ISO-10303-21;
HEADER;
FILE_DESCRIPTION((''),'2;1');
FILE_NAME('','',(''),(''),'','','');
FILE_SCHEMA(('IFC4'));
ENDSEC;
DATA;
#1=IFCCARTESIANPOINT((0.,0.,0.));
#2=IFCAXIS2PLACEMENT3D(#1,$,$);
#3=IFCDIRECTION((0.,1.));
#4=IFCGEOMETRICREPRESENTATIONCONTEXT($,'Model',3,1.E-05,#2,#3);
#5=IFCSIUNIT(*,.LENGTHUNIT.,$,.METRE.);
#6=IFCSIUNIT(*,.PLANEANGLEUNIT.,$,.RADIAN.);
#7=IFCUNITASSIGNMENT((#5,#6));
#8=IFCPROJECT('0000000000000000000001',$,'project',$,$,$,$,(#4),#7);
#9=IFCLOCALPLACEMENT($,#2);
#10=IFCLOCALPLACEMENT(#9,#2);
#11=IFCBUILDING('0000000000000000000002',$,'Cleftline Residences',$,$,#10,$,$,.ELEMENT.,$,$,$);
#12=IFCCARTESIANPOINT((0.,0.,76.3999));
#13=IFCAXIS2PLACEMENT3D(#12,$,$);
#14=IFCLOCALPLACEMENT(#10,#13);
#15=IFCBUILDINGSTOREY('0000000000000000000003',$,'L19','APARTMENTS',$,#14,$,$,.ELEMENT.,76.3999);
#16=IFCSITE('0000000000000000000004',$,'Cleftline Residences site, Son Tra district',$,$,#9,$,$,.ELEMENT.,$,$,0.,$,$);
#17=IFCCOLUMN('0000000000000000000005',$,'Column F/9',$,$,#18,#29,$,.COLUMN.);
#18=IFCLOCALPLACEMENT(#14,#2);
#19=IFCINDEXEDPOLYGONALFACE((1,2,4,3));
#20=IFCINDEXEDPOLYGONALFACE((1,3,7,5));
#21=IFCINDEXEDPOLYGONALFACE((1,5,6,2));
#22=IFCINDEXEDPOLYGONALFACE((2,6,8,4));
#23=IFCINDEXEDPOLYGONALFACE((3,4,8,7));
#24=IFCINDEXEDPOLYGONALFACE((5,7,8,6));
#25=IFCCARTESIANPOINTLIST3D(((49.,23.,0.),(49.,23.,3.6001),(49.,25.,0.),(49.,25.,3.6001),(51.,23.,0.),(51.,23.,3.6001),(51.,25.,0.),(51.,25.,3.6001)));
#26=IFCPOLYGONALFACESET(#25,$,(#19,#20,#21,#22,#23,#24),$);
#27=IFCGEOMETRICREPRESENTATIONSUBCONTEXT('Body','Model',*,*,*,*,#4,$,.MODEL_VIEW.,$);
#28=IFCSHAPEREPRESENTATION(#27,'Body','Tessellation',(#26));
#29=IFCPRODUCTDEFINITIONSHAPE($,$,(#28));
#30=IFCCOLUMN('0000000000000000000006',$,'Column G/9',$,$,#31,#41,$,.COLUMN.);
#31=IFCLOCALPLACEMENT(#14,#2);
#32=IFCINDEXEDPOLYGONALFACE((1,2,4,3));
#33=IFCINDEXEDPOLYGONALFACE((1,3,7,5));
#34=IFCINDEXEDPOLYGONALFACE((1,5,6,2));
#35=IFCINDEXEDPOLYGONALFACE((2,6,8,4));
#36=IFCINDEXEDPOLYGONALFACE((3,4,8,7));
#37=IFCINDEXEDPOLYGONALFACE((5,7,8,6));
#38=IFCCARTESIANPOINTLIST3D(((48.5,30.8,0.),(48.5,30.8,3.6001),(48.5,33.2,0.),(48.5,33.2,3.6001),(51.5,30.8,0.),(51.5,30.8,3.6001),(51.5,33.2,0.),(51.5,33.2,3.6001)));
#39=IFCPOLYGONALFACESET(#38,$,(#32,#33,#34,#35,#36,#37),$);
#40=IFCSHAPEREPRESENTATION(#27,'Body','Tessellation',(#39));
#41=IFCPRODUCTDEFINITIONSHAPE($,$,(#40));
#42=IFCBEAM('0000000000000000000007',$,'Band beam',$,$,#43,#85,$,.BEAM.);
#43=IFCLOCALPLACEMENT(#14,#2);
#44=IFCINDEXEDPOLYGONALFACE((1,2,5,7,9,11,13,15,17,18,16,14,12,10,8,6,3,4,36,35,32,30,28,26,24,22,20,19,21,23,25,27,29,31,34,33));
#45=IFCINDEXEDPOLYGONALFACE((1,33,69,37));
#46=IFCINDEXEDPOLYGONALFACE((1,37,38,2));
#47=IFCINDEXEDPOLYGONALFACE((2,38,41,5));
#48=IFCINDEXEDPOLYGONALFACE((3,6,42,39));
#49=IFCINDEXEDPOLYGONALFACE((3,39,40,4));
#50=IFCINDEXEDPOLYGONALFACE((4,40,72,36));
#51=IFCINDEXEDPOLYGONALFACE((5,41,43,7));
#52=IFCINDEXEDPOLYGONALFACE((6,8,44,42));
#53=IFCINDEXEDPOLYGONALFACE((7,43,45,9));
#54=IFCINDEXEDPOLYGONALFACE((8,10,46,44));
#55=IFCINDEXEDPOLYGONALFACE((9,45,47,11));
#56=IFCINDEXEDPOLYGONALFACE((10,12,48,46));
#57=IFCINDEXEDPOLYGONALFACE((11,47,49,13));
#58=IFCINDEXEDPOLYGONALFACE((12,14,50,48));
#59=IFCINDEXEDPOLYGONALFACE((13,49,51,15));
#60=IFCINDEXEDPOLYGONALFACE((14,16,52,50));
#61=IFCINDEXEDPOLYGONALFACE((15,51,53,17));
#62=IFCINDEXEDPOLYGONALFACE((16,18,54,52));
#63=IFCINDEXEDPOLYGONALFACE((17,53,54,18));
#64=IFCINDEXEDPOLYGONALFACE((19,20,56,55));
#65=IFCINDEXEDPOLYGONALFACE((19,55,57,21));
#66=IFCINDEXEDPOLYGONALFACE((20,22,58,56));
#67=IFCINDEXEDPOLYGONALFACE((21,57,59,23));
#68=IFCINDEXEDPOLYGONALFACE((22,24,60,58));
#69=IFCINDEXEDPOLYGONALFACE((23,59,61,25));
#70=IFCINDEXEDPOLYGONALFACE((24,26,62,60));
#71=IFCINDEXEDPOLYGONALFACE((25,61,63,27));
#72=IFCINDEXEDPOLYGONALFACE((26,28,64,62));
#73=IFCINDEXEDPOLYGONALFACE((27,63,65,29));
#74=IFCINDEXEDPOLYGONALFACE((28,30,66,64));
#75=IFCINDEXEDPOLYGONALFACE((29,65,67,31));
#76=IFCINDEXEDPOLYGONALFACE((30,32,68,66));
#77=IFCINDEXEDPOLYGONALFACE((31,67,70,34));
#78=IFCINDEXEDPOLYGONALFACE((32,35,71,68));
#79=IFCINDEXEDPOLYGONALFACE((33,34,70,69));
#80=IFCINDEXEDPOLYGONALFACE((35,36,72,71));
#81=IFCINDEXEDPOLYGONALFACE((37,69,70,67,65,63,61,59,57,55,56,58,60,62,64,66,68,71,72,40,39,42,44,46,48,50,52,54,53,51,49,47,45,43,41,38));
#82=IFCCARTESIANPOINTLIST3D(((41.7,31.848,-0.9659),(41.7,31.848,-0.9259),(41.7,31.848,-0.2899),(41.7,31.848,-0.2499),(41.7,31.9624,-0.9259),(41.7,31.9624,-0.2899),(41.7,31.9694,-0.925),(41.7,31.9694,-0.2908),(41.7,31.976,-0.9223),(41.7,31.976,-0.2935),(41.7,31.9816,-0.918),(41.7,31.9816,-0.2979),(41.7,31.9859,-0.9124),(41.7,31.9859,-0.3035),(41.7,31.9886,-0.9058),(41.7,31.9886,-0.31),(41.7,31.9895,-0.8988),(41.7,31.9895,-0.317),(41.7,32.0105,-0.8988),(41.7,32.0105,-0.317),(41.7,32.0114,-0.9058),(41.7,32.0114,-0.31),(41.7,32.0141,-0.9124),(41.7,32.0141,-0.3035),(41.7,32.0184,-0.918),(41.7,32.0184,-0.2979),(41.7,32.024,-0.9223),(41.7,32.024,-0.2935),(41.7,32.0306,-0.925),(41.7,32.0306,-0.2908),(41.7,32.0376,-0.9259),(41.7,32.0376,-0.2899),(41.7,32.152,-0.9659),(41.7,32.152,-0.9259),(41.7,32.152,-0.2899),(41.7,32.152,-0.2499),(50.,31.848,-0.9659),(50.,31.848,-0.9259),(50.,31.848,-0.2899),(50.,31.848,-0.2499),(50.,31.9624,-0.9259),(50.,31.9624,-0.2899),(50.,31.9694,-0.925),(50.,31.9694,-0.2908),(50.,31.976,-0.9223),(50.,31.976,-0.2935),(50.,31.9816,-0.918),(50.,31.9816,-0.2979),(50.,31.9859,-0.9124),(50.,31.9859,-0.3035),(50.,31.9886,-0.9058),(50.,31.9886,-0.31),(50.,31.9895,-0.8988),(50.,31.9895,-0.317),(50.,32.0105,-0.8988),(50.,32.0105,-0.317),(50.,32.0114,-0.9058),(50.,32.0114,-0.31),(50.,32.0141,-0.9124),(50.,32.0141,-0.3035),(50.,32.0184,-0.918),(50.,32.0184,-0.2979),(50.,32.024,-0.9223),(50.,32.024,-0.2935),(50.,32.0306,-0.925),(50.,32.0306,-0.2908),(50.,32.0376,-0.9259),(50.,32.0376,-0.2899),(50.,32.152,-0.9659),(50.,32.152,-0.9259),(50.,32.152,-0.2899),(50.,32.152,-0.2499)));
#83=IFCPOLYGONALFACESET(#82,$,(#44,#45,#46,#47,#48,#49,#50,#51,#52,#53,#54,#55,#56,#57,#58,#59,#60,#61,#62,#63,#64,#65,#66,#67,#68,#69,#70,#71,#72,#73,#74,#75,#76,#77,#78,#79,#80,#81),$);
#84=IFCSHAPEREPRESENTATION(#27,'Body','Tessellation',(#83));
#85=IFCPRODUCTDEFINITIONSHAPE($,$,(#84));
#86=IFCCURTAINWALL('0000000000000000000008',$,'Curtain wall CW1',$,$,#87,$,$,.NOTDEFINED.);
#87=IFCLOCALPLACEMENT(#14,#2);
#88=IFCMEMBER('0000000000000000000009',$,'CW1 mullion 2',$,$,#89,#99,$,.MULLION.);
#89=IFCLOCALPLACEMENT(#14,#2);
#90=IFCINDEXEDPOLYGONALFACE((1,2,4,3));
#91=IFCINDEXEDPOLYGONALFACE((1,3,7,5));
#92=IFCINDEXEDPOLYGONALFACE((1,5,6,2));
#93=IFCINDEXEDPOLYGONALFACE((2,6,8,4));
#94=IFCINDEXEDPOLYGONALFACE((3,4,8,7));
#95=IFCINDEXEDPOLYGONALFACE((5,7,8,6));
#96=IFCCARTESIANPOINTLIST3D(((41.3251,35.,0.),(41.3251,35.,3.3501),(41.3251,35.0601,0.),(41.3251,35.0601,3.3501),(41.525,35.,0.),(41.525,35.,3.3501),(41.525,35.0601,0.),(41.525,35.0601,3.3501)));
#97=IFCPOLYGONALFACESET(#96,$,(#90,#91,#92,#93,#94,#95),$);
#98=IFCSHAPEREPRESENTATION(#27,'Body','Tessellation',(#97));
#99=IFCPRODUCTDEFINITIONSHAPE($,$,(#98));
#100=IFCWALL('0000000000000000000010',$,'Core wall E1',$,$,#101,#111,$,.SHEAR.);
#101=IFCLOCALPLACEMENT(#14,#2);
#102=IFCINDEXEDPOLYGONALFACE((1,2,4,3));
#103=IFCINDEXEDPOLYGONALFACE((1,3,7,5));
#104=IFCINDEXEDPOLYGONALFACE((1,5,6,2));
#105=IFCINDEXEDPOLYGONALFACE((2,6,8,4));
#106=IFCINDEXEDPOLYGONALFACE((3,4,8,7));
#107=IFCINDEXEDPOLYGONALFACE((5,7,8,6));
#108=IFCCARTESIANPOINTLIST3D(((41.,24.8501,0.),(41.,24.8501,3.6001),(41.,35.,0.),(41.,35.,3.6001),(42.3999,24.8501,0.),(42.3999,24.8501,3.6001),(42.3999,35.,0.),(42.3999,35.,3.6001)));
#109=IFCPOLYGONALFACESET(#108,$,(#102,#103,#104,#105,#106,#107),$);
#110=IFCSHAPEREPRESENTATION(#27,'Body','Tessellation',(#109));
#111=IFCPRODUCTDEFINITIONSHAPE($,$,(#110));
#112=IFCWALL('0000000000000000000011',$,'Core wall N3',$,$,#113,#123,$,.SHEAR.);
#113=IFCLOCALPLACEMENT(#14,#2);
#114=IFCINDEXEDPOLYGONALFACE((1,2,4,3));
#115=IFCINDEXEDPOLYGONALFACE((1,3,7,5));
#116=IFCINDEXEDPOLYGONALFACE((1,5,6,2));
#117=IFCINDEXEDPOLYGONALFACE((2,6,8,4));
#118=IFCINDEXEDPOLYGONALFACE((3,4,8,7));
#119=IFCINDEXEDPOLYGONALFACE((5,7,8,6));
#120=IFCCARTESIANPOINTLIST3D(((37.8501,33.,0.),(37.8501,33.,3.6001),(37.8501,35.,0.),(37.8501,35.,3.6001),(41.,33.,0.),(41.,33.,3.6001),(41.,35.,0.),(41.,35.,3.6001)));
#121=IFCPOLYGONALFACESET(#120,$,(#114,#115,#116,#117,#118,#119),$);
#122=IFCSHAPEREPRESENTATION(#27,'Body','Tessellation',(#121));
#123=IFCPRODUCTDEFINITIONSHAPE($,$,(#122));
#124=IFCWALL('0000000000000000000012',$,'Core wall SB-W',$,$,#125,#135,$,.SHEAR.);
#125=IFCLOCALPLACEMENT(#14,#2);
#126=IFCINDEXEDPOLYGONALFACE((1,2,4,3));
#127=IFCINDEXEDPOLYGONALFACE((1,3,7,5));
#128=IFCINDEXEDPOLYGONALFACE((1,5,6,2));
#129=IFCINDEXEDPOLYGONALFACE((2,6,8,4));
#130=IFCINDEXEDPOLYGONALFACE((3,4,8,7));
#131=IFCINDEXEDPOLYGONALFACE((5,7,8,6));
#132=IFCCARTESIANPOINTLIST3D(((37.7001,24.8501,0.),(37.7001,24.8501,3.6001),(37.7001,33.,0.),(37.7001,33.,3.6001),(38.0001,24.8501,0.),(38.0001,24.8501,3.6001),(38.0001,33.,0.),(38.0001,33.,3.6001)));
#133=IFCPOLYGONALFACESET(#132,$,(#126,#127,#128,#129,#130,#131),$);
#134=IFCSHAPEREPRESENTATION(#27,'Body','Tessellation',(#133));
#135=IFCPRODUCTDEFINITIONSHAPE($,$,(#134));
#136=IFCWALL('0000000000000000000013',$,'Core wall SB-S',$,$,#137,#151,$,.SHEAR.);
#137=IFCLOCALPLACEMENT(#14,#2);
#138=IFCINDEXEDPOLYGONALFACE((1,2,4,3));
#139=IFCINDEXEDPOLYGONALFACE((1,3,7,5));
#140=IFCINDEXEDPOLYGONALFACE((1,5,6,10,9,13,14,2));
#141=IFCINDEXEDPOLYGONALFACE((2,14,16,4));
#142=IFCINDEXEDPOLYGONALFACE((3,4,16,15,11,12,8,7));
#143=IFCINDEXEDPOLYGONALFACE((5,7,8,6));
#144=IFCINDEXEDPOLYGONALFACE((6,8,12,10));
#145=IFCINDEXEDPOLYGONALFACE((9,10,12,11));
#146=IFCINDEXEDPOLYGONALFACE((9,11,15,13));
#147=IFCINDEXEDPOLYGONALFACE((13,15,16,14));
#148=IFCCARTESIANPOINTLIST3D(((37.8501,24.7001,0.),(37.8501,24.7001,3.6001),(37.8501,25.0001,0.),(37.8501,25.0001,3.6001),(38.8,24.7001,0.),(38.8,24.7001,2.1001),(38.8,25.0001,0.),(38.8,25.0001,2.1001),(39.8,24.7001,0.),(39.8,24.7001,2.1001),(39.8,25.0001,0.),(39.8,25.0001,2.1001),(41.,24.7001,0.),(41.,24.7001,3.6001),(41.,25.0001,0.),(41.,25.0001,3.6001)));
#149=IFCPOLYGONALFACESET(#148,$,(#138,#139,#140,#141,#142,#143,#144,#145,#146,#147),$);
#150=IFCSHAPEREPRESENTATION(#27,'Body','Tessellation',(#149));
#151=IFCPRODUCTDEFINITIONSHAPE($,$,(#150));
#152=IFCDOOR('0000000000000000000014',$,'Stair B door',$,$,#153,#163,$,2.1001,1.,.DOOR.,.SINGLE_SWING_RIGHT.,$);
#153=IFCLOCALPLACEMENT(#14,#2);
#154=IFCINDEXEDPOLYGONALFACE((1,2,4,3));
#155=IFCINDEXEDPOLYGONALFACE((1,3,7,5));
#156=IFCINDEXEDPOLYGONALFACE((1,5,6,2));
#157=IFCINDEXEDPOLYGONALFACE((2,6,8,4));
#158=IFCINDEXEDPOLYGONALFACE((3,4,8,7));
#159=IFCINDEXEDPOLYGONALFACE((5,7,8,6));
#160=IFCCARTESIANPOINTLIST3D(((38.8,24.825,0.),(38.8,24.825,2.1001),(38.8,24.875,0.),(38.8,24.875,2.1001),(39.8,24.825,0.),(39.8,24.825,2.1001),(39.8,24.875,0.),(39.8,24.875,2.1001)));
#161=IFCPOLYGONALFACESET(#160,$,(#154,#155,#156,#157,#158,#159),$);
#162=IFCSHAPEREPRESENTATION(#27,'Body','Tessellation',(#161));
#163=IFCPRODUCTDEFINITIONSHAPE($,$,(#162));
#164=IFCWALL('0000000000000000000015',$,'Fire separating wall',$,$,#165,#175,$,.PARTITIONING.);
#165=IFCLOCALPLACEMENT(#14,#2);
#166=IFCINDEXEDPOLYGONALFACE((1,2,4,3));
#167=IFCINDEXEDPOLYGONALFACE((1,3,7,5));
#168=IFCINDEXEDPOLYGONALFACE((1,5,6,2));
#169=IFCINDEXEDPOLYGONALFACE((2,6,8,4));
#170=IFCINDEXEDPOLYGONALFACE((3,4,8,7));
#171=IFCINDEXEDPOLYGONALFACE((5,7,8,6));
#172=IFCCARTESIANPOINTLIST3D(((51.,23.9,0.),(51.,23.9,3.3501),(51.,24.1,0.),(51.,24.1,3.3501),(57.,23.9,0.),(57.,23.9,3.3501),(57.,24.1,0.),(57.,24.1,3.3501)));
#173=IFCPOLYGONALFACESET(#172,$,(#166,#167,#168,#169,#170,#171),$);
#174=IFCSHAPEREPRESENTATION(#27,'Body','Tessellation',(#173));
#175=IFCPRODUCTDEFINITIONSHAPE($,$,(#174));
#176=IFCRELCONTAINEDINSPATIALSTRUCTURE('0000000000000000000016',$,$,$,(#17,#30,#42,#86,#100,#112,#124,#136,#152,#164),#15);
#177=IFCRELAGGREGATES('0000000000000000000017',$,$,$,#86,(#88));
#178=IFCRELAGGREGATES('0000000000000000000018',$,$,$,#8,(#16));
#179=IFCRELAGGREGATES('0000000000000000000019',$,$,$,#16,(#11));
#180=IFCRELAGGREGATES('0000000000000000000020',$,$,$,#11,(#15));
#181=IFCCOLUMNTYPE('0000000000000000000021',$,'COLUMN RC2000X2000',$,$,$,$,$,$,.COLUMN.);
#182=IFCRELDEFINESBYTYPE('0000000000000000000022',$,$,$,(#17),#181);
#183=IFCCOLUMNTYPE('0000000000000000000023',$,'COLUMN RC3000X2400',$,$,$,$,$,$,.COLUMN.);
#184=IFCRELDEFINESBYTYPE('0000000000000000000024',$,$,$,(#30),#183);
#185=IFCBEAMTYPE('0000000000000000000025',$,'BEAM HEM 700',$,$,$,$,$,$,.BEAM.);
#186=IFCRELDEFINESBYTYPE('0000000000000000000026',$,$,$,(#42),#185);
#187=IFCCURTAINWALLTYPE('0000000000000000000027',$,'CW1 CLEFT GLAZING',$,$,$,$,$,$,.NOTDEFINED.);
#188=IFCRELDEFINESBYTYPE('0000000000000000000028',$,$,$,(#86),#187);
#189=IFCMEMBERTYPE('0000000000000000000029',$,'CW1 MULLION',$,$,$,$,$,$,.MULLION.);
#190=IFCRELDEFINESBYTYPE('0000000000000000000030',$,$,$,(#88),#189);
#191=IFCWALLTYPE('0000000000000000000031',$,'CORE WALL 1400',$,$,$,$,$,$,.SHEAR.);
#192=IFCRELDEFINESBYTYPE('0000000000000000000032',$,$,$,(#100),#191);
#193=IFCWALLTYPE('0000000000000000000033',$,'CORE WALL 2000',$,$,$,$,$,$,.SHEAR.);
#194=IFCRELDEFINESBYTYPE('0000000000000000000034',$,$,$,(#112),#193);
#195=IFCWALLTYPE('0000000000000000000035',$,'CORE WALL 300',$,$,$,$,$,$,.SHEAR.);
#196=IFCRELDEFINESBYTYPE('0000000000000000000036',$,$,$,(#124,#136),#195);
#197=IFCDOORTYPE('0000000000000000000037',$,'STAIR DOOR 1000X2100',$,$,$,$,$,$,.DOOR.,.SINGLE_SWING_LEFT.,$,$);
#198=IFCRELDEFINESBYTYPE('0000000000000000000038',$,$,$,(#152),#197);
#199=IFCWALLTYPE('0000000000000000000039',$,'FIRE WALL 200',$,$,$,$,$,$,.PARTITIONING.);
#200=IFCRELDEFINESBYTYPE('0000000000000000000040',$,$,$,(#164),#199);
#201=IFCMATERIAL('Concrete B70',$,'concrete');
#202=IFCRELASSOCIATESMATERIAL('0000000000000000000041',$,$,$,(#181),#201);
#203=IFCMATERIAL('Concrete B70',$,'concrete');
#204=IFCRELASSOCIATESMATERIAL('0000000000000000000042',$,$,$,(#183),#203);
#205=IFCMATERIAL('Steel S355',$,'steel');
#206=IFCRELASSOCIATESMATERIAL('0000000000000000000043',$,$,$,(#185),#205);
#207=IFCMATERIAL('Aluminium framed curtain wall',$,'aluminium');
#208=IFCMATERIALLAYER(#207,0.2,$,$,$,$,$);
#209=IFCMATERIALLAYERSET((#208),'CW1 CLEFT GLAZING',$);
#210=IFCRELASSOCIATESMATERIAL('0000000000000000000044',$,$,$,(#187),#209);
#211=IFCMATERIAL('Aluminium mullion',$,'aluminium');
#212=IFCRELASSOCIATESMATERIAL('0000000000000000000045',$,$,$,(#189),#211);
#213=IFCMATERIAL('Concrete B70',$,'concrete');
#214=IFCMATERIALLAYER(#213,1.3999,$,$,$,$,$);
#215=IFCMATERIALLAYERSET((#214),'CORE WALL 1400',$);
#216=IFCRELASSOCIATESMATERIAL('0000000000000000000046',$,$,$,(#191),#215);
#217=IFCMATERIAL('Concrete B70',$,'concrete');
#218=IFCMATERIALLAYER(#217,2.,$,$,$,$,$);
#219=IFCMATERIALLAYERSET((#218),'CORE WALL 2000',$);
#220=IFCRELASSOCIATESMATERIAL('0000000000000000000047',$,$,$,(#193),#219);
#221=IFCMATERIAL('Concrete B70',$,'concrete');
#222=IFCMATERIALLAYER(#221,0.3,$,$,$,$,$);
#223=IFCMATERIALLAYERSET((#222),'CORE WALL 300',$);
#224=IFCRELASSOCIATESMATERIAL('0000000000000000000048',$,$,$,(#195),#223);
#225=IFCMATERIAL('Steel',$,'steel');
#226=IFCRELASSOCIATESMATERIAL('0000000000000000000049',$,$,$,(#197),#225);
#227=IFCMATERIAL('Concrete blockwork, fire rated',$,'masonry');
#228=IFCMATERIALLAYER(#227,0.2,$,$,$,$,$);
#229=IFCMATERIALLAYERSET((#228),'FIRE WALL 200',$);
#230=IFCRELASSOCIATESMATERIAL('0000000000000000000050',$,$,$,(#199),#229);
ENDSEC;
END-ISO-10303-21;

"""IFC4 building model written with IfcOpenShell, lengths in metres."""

from ifc_helpers import new_model, si_unit, direction, frame, frame_2d, origin, origin_2d, place, context, subcontext, project, spatial, rectangle, i_section, extrude, material, layer, layer_set, material_profile, profile_set, type_object, element, fill, aggregate, save


model = new_model("IFC4")

# Units and contexts
model_context = context("Model", 3, precision=1e-05, world=origin(), true_north=direction((0.0, 1.0)))
body_context = subcontext(model_context, "Body", "Model", "MODEL_VIEW")
ifc_project = project(units=[si_unit("LENGTHUNIT", "METRE"), si_unit("PLANEANGLEUNIT", "RADIAN")], contexts=[model_context])

# Site, building, storey
site_placement = place(None, origin())
site = spatial("IfcSite", under=ifc_project, at=site_placement, Name="Cleftline Residences site, Son Tra district", CompositionType="ELEMENT", RefElevation=0.0)
building_placement = place(site_placement, origin())
building = spatial("IfcBuilding", under=site, at=building_placement, Name="Cleftline Residences", CompositionType="ELEMENT")
storey_placement = place(building_placement, frame((0.0, 0.0, 76.3999)))
storey = spatial("IfcBuildingStorey", under=building, at=storey_placement, Name="L19", Description="APARTMENTS", CompositionType="ELEMENT", Elevation=76.3999)

# Columns
ifc_material_1 = material(Name="Concrete B70", Category="concrete")
ifc_material_profile_1 = material_profile(ifc_material_1, rectangle(XDim=2.0, YDim=2.0, at=origin_2d()))
ifc_profile_set_1 = profile_set([ifc_material_profile_1], Name="Concrete B70")
column_type_1 = type_object("IfcColumnType", Name="COLUMN RC2000X2000", PredefinedType="COLUMN", material=ifc_profile_set_1)
column_1_placement = place(storey_placement, frame((50.0, 24.0, 0.0), z_axis=(0.0, 0.0, 1.0), x_axis=(1.0, 0.0, 0.0)))
element("IfcColumn", 1, at=column_1_placement, inside=storey, type_object=column_type_1, Name="Column F/9", PredefinedType="COLUMN", context=body_context, shape_type="SweptSolid", body=[
    extrude(rectangle(XDim=2.0, YDim=2.0, at=origin_2d()), origin(), (0.0, 0.0, 1.0), 3.6001),
])
ifc_material_2 = material(Name="Concrete B70", Category="concrete")
ifc_material_profile_2 = material_profile(ifc_material_2, rectangle(XDim=3.0, YDim=2.3999, at=origin_2d()))
ifc_profile_set_2 = profile_set([ifc_material_profile_2], Name="Concrete B70")
column_type_2 = type_object("IfcColumnType", Name="COLUMN RC3000X2400", PredefinedType="COLUMN", material=ifc_profile_set_2)
column_2_placement = place(storey_placement, frame((50.0, 32.0, 0.0), z_axis=(0.0, 0.0, 1.0), x_axis=(1.0, 0.0, 0.0)))
element("IfcColumn", 2, at=column_2_placement, inside=storey, type_object=column_type_2, Name="Column G/9", PredefinedType="COLUMN", context=body_context, shape_type="SweptSolid", body=[
    extrude(rectangle(XDim=3.0, YDim=2.3999, at=origin_2d()), origin(), (0.0, 0.0, 1.0), 3.6001),
])

# Beam
ifc_material_3 = material(Name="Steel S355", Category="steel")
ifc_material_profile_3 = material_profile(ifc_material_3, i_section(OverallWidth=0.304, OverallDepth=0.7161, WebThickness=0.021, FlangeThickness=0.04, FilletRadius=0.0271, at=origin_2d()))
ifc_profile_set_3 = profile_set([ifc_material_profile_3], Name="Steel S355")
beam_type = type_object("IfcBeamType", Name="BEAM HEM 700", PredefinedType="BEAM", material=ifc_profile_set_3)
beam_placement = place(storey_placement, frame((50.0, 32.0, -0.6079), z_axis=(-1.0, 0.0, 0.0), x_axis=(0.0, -1.0, 0.0)))
element("IfcBeam", 3, at=beam_placement, inside=storey, type_object=beam_type, Name="Band beam", PredefinedType="BEAM", context=body_context, shape_type="SweptSolid", body=[
    extrude(i_section(OverallWidth=0.304, OverallDepth=0.7161, WebThickness=0.021, FlangeThickness=0.04, FilletRadius=0.0271, at=origin_2d()), origin(), (0.0, 0.0, 1.0), 8.3),
])

# Curtain wall, member
ifc_material_4 = material(Name="Aluminium framed curtain wall", Category="aluminium")
ifc_layer_1 = layer(ifc_material_4, 0.2)
ifc_layer_set_1 = layer_set([ifc_layer_1], Name="CW1 CLEFT GLAZING")
curtain_wall_type = type_object("IfcCurtainWallType", Name="CW1 CLEFT GLAZING", PredefinedType="NOTDEFINED", material=ifc_layer_set_1)
curtain_wall_placement = place(storey_placement, origin())
curtain_wall = element("IfcCurtainWall", 4, at=curtain_wall_placement, inside=storey, type_object=curtain_wall_type, Name="Curtain wall CW1", PredefinedType="NOTDEFINED")
ifc_material_5 = material(Name="Aluminium mullion", Category="aluminium")
ifc_material_profile_4 = material_profile(ifc_material_5, rectangle(XDim=0.2, YDim=0.0601, at=origin_2d()))
ifc_profile_set_4 = profile_set([ifc_material_profile_4], Name="Aluminium mullion")
member_type = type_object("IfcMemberType", Name="CW1 MULLION", PredefinedType="MULLION", material=ifc_profile_set_4)
member_placement = place(storey_placement, frame((41.425, 35.03, 0.0), z_axis=(0.0, 0.0, 1.0), x_axis=(1.0, 0.0, 0.0)))
member = element("IfcMember", 5, at=member_placement, type_object=member_type, Name="CW1 mullion 2", PredefinedType="MULLION", context=body_context, shape_type="SweptSolid", body=[
    extrude(rectangle(XDim=0.2, YDim=0.0601, at=origin_2d()), origin(), (0.0, 0.0, 1.0), 3.3501),
])
aggregate(curtain_wall, [member])

# Walls
ifc_material_6 = material(Name="Concrete B70", Category="concrete")
ifc_layer_2 = layer(ifc_material_6, 1.3999)
ifc_layer_set_2 = layer_set([ifc_layer_2], Name="CORE WALL 1400")
wall_type_1 = type_object("IfcWallType", Name="CORE WALL 1400", PredefinedType="SHEAR", material=ifc_layer_set_2)
wall_1_placement = place(storey_placement, frame((41.7, 24.8501, 0.0), z_axis=(0.0, 0.0, 1.0), x_axis=(0.0, 1.0, 0.0)))
element("IfcWall", 6, at=wall_1_placement, inside=storey, type_object=wall_type_1, Name="Core wall E1", PredefinedType="SHEAR", context=body_context, shape_type="SweptSolid", body=[
    extrude(rectangle(XDim=10.1499, YDim=1.3999, at=frame_2d((5.075, 0.0))), origin(), (0.0, 0.0, 1.0), 3.6001),
])
ifc_material_7 = material(Name="Concrete B70", Category="concrete")
ifc_layer_3 = layer(ifc_material_7, 2.0)
ifc_layer_set_3 = layer_set([ifc_layer_3], Name="CORE WALL 2000")
wall_type_2 = type_object("IfcWallType", Name="CORE WALL 2000", PredefinedType="SHEAR", material=ifc_layer_set_3)
wall_2_placement = place(storey_placement, frame((37.8501, 34.0, 0.0), z_axis=(0.0, 0.0, 1.0), x_axis=(1.0, 0.0, 0.0)))
element("IfcWall", 7, at=wall_2_placement, inside=storey, type_object=wall_type_2, Name="Core wall N3", PredefinedType="SHEAR", context=body_context, shape_type="SweptSolid", body=[
    extrude(rectangle(XDim=3.1499, YDim=2.0, at=frame_2d((1.575, 0.0))), origin(), (0.0, 0.0, 1.0), 3.6001),
])
ifc_material_8 = material(Name="Concrete B70", Category="concrete")
ifc_layer_4 = layer(ifc_material_8, 0.3)
ifc_layer_set_4 = layer_set([ifc_layer_4], Name="CORE WALL 300")
wall_type_3 = type_object("IfcWallType", Name="CORE WALL 300", PredefinedType="SHEAR", material=ifc_layer_set_4)
wall_3_placement = place(storey_placement, frame((37.8501, 24.8501, 0.0), z_axis=(0.0, 0.0, 1.0), x_axis=(0.0, 1.0, 0.0)))
element("IfcWall", 8, at=wall_3_placement, inside=storey, type_object=wall_type_3, Name="Core wall SB-W", PredefinedType="SHEAR", context=body_context, shape_type="SweptSolid", body=[
    extrude(rectangle(XDim=8.1499, YDim=0.3, at=frame_2d((4.075, 0.0))), origin(), (0.0, 0.0, 1.0), 3.6001),
])

# Wall, opening, door
wall_4_placement = place(storey_placement, frame((37.8501, 24.8501, 0.0), z_axis=(0.0, 0.0, 1.0), x_axis=(1.0, 0.0, 0.0)))
wall_4 = element("IfcWall", 9, at=wall_4_placement, inside=storey, type_object=wall_type_3, Name="Core wall SB-S", PredefinedType="SHEAR", context=body_context, shape_type="SweptSolid", body=[
    extrude(rectangle(XDim=3.1499, YDim=0.3, at=frame_2d((1.575, 0.0))), origin(), (0.0, 0.0, 1.0), 3.6001),
])
opening_1_placement = place(wall_4_placement, frame((0.95, 0.0, 0.0)))
opening_1 = element("IfcOpeningElement", 10, at=opening_1_placement, cuts=wall_4, PredefinedType="OPENING", context=body_context, shape_type="SweptSolid", body=[
    extrude(rectangle(XDim=1.0, YDim=2.1001, at=frame_2d((0.5, 1.05))), frame((0.0, 0.1599, 0.0), z_axis=(0.0, -1.0, 0.0), x_axis=(1.0, 0.0, 0.0)), (0.0, 0.0, 1.0), 0.3201),
])
ifc_material_9 = material(Name="Steel", Category="steel")
door_type_1 = type_object("IfcDoorType", Name="STAIR DOOR 1000X2100", OperationType="SINGLE_SWING_LEFT", PredefinedType="DOOR", material=ifc_material_9)
door_1_placement = place(opening_1_placement, origin())
door_1 = element("IfcDoor", 11, at=door_1_placement, inside=storey, type_object=door_type_1, Name="Stair B door", OperationType="SINGLE_SWING_RIGHT", OverallHeight=2.1001, OverallWidth=1.0, PredefinedType="DOOR", context=body_context, shape_type="SweptSolid", body=[
    extrude(rectangle(XDim=1.0, YDim=2.1001, at=frame_2d((0.5, 1.05))), frame((0.0, 0.0249, 0.0), z_axis=(0.0, -1.0, 0.0), x_axis=(1.0, 0.0, 0.0)), (0.0, 0.0, 1.0), 0.05),
])
fill(opening_1, door_1)

# Wall
ifc_material_10 = material(Name="Concrete blockwork, fire rated", Category="masonry")
ifc_layer_5 = layer(ifc_material_10, 0.2)
ifc_layer_set_5 = layer_set([ifc_layer_5], Name="FIRE WALL 200")
wall_type_4 = type_object("IfcWallType", Name="FIRE WALL 200", PredefinedType="PARTITIONING", material=ifc_layer_set_5)
wall_5_placement = place(storey_placement, frame((51.0, 24.0, 0.0), z_axis=(0.0, 0.0, 1.0), x_axis=(1.0, 0.0, 0.0)))
element("IfcWall", 12, at=wall_5_placement, inside=storey, type_object=wall_type_4, Name="Fire separating wall", PredefinedType="PARTITIONING", context=body_context, shape_type="SweptSolid", body=[
    extrude(rectangle(XDim=6.0, YDim=0.2, at=frame_2d((3.0, 0.0))), origin(), (0.0, 0.0, 1.0), 3.3501),
])

save(model, "model.ifc")
